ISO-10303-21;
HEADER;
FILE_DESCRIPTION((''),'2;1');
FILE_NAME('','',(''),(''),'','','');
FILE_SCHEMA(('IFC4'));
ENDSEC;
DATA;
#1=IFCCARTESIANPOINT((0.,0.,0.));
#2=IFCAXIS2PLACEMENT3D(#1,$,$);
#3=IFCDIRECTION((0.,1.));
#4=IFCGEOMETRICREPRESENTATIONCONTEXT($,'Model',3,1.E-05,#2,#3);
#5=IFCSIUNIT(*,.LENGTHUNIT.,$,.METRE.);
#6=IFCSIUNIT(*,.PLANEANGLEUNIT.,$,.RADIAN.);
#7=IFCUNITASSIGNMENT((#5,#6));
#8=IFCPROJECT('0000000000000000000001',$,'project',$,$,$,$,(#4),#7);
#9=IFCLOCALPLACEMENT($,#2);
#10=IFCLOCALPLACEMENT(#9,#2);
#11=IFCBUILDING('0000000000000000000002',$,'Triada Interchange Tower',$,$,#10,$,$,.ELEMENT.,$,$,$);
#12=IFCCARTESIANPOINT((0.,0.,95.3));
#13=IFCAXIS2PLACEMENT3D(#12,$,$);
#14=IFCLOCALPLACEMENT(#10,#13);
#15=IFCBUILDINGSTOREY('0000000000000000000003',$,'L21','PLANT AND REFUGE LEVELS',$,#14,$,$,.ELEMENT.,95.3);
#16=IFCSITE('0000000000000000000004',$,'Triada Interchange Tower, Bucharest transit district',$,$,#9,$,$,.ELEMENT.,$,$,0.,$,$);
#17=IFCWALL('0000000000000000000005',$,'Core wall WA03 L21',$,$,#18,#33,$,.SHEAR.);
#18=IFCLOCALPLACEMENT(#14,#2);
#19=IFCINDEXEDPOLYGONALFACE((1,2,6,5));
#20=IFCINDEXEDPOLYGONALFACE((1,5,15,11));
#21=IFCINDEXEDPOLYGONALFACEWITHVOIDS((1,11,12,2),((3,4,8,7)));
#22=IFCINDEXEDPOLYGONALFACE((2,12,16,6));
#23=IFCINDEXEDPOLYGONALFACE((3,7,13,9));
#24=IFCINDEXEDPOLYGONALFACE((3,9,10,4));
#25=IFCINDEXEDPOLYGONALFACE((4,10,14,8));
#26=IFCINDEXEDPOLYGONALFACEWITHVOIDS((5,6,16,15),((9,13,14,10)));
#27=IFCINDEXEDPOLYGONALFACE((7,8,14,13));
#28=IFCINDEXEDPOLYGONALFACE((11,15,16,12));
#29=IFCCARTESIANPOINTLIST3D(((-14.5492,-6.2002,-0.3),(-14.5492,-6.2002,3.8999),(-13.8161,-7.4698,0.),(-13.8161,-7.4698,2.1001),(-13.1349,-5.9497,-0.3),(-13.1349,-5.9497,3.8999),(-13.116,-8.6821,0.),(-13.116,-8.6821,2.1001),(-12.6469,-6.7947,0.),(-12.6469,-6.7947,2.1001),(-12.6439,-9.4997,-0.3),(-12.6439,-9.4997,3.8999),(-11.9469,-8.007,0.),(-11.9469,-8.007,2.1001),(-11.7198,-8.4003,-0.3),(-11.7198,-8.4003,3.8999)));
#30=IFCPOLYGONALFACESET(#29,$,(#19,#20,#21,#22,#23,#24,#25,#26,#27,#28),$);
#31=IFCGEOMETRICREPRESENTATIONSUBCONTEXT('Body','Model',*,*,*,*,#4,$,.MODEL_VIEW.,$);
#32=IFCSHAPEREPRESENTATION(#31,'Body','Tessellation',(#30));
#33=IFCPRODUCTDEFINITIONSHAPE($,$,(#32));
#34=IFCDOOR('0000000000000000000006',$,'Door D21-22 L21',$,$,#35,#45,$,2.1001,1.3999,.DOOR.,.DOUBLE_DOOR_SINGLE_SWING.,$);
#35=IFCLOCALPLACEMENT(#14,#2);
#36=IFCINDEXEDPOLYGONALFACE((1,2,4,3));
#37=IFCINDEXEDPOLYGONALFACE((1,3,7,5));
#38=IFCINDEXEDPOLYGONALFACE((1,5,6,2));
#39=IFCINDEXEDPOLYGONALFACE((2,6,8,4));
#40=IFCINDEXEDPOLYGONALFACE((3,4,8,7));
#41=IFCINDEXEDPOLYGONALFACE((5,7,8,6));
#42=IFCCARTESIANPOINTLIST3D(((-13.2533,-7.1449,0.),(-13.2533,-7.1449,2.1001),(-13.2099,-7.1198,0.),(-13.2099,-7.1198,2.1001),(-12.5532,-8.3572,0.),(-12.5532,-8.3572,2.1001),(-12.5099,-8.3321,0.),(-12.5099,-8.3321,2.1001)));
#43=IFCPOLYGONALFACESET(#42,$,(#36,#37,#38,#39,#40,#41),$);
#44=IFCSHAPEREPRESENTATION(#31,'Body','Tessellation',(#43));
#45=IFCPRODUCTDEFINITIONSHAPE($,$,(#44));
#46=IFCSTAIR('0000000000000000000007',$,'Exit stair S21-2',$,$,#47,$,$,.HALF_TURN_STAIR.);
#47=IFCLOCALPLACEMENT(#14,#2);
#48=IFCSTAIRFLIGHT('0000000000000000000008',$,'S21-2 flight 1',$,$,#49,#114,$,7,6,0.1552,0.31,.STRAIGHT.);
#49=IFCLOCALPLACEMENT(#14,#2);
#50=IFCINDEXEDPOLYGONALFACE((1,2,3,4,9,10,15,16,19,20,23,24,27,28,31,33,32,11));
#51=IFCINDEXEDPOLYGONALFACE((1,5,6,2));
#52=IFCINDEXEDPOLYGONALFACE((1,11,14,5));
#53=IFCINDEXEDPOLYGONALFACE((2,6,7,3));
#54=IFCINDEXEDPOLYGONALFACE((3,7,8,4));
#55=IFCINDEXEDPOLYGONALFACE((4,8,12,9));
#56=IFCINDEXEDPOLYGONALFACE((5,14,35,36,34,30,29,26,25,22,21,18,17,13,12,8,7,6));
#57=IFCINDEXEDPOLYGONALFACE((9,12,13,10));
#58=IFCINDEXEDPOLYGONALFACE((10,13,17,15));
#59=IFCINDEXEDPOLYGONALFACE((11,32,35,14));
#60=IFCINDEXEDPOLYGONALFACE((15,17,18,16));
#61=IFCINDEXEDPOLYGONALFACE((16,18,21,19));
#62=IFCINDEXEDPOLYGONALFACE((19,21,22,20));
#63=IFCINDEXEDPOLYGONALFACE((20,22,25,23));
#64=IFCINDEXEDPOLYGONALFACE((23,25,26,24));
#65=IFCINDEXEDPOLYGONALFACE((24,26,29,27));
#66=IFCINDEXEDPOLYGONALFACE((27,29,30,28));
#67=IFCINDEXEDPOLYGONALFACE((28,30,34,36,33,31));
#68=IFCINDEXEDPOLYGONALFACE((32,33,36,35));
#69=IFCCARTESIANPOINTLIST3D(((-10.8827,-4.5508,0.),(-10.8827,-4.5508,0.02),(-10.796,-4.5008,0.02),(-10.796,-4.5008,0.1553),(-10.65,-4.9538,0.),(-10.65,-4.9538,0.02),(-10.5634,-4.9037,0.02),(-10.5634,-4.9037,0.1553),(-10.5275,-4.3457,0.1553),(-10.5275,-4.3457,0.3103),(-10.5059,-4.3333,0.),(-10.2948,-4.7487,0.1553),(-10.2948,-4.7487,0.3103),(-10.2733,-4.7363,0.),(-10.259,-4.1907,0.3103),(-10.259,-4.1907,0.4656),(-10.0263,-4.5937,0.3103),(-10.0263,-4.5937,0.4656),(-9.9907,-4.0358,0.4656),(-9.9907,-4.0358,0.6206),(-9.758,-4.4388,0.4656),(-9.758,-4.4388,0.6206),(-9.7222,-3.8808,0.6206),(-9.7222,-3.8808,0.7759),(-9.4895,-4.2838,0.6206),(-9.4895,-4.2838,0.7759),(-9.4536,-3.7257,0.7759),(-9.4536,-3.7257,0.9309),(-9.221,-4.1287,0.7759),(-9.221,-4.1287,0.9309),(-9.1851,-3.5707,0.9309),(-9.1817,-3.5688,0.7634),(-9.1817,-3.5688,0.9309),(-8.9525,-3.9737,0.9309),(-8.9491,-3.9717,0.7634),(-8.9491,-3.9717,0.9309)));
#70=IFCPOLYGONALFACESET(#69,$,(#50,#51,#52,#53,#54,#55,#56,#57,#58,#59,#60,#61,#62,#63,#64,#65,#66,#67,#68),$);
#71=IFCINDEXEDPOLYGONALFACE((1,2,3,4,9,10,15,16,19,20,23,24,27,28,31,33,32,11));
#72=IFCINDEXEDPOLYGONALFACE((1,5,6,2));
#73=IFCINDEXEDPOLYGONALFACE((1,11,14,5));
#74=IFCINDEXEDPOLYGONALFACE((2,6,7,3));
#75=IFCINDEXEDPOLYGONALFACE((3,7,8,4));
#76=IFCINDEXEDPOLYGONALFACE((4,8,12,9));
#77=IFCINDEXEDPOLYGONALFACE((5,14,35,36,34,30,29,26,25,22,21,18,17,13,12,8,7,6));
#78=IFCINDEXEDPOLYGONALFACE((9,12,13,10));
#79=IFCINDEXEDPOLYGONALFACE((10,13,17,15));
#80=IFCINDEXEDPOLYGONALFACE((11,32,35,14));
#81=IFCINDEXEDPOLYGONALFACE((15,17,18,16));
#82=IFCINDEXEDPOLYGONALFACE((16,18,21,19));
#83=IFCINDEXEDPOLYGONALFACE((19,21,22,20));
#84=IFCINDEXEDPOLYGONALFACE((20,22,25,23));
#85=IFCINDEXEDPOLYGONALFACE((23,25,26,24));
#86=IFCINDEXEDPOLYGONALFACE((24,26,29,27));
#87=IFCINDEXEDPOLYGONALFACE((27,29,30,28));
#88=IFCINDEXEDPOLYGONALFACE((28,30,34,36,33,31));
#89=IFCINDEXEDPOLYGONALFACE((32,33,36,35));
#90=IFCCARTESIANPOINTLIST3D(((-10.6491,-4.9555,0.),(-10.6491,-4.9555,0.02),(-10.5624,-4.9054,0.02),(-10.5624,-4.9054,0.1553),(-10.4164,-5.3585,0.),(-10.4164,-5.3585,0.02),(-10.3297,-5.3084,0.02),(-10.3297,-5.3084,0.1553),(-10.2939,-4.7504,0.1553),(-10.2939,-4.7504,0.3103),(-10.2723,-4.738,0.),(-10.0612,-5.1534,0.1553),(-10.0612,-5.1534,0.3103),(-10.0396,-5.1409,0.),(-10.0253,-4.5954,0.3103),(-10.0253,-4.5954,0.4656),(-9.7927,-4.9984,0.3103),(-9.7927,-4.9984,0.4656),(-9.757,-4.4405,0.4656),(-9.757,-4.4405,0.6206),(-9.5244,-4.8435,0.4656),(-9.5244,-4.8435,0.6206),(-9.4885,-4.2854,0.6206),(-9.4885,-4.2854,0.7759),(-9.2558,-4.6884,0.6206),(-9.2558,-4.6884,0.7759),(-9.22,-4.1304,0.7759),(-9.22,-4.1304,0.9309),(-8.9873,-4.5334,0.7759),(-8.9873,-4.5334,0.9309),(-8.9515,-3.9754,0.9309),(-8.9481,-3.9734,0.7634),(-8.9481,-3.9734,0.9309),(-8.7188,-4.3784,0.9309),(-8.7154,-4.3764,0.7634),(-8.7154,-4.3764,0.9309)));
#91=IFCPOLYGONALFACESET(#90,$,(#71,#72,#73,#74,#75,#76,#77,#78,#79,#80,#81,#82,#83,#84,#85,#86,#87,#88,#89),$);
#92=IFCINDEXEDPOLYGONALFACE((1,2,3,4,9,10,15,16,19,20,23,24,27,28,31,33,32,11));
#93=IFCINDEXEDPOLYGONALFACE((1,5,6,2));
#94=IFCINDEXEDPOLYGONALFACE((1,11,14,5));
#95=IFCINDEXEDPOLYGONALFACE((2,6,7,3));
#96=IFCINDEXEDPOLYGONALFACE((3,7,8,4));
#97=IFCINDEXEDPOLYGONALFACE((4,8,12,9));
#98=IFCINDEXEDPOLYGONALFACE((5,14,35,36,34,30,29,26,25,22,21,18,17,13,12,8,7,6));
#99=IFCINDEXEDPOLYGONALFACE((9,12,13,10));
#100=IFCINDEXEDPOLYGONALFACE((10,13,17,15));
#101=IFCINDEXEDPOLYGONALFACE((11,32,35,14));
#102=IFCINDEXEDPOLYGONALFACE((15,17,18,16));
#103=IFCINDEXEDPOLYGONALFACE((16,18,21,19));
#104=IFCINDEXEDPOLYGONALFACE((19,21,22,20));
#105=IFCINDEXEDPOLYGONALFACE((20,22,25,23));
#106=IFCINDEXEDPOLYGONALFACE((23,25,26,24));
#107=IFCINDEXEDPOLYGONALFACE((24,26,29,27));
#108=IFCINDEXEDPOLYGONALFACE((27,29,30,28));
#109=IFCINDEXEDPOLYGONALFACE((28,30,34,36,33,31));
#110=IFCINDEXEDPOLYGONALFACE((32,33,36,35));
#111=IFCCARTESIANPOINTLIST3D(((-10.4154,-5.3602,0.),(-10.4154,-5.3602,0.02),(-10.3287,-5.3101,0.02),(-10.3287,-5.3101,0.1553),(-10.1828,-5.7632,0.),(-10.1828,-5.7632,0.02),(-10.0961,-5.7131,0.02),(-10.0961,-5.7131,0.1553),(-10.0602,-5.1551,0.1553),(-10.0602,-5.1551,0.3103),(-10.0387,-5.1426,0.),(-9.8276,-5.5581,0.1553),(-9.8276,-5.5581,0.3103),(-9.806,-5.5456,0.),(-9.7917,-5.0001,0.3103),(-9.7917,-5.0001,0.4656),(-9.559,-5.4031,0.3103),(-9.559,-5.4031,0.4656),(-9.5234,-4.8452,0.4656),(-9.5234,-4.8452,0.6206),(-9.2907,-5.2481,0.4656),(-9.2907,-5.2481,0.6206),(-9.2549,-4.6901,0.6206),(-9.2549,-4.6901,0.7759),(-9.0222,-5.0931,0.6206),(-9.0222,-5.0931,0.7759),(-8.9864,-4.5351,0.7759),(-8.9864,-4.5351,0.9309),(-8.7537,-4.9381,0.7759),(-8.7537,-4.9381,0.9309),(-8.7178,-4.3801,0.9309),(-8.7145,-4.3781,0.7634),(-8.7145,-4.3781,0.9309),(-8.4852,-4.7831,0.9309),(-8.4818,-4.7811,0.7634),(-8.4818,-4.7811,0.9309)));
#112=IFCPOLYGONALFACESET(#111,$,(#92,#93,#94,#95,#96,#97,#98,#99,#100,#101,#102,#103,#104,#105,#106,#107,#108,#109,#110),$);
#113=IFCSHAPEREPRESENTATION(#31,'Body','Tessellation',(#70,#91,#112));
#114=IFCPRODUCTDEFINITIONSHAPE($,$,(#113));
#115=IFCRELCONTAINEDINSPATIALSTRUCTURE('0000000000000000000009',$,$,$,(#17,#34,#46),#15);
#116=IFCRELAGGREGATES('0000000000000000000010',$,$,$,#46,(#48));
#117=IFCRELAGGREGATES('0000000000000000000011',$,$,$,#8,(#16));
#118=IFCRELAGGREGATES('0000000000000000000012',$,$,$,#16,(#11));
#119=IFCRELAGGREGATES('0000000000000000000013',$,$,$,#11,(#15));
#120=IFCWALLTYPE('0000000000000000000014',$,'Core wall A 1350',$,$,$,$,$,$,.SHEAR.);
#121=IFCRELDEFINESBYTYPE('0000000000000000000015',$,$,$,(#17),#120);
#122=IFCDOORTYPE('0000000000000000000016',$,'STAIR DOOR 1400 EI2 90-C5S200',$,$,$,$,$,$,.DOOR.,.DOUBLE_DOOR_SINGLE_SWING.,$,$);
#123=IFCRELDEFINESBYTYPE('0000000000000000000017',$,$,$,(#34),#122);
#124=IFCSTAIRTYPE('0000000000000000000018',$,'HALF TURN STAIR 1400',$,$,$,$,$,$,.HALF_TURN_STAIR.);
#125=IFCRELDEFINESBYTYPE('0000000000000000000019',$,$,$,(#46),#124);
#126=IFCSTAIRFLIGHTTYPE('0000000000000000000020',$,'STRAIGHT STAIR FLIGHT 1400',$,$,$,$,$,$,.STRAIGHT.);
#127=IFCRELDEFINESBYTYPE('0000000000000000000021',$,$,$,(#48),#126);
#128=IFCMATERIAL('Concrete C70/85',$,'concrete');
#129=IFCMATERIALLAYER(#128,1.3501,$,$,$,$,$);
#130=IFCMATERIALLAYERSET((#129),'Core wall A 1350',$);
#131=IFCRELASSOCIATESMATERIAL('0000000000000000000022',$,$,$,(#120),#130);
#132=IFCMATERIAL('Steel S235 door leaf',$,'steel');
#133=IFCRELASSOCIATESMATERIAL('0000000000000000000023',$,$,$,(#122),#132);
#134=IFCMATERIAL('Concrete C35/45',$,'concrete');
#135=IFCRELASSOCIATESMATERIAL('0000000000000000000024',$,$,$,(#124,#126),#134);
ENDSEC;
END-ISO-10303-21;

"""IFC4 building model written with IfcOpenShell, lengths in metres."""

from ifc_helpers import new_model, si_unit, direction, frame, frame_2d, origin, place, context, subcontext, project, spatial, polyline, rectangle, outline, extrude, material, layer, layer_set, type_object, element, fill, aggregate, save


model = new_model("IFC4")

# Units and contexts
model_context = context("Model", 3, precision=1e-05, world=origin(), true_north=direction((0.0, 1.0)))
body_context = subcontext(model_context, "Body", "Model", "MODEL_VIEW")
ifc_project = project(units=[si_unit("LENGTHUNIT", "METRE"), si_unit("PLANEANGLEUNIT", "RADIAN")], contexts=[model_context])

# Site, building, storey
site_placement = place(None, origin())
site = spatial("IfcSite", under=ifc_project, at=site_placement, Name="Triada Interchange Tower, Bucharest transit district", CompositionType="ELEMENT", RefElevation=0.0)
building_placement = place(site_placement, origin())
building = spatial("IfcBuilding", under=site, at=building_placement, Name="Triada Interchange Tower", CompositionType="ELEMENT")
storey_placement = place(building_placement, frame((0.0, 0.0, 95.3)))
storey = spatial("IfcBuildingStorey", under=building, at=storey_placement, Name="L21", Description="PLANT AND REFUGE LEVELS", CompositionType="ELEMENT", Elevation=95.3)

# Shared definitions
ifc_material_1 = material(Name="Concrete C35/45", Category="concrete")

# Shared definitions
ifc_material_2 = material(Name="Steel S235 door leaf", Category="steel")

# Shared definitions
ifc_material_3 = material(Name="Concrete C70/85", Category="concrete")

# Wall, opening, door
ifc_layer_1 = layer(ifc_material_3, 1.3501)
ifc_layer_set_1 = layer_set([ifc_layer_1], Name="Core wall A 1350")
wall_type_1 = type_object("IfcWallType", Name="Core wall A 1350", PredefinedType="SHEAR", material=ifc_layer_set_1)
wall_1_placement = place(storey_placement, frame((-13.842, -6.075, -0.3), z_axis=(0.0, 0.0, 1.0), x_axis=(0.500062, -0.86599, 0.0)))
wall_1 = element("IfcWall", 1, at=wall_1_placement, inside=storey, type_object=wall_type_1, Name="Core wall WA03 L21", PredefinedType="SHEAR", context=body_context, shape_type="SweptSolid", body=[
    extrude(outline(polyline([(-0.2451, -0.675), (1.6599, -0.675), (3.5649, -0.675), (3.075, 0.675), (1.6602, 0.675), (0.2451, 0.675), (-0.2451, -0.675)])), origin(), (0.0, 0.0, 1.0), 4.2),
])
opening_1_placement = place(wall_1_placement, frame((1.2209, 0.0, 0.3)))
opening_1 = element("IfcOpeningElement", 2, at=opening_1_placement, cuts=wall_1, PredefinedType="OPENING", context=body_context, shape_type="SweptSolid", body=[
    extrude(rectangle(XDim=1.3999, YDim=2.1001, at=frame_2d((0.7, 1.05))), frame((0.0, 0.6851, 0.0), z_axis=(0.0, -1.0, 0.0), x_axis=(1.0, 0.0, 0.0)), (0.0, 0.0, 1.0), 1.3701),
])
door_type_1 = type_object("IfcDoorType", Name="STAIR DOOR 1400 EI2 90-C5S200", OperationType="DOUBLE_DOOR_SINGLE_SWING", PredefinedType="DOOR", material=ifc_material_2)
door_1_placement = place(opening_1_placement, origin())
door_1 = element("IfcDoor", 3, at=door_1_placement, inside=storey, type_object=door_type_1, Name="Door D21-22 L21", OperationType="DOUBLE_DOOR_SINGLE_SWING", OverallHeight=2.1001, OverallWidth=1.3999, PredefinedType="DOOR", context=body_context, shape_type="SweptSolid", body=[
    extrude(rectangle(XDim=1.3999, YDim=2.1001, at=frame_2d((0.7, 1.05))), frame((0.0, 0.0249, 0.0), z_axis=(0.0, -1.0, 0.0), x_axis=(1.0, 0.0, 0.0)), (0.0, 0.0, 1.0), 0.05),
])
fill(opening_1, door_1)

# Stair, stair flight
stair_type = type_object("IfcStairType", Name="HALF TURN STAIR 1400", PredefinedType="HALF_TURN_STAIR", material=ifc_material_1)
stair_placement = place(storey_placement, origin())
stair = element("IfcStair", 4, at=stair_placement, inside=storey, type_object=stair_type, Name="Exit stair S21-2", PredefinedType="HALF_TURN_STAIR")
stair_flight_type = type_object("IfcStairFlightType", Name="STRAIGHT STAIR FLIGHT 1400", PredefinedType="STRAIGHT", material=ifc_material_1)
stair_flight_1_placement = place(storey_placement, frame((-10.446, -5.1069, 0.0), z_axis=(0.0, 0.0, 1.0), x_axis=(0.866025, 0.5, 0.0)))
stair_flight_1 = element("IfcStairFlight", 5, at=stair_flight_1_placement, type_object=stair_flight_type, Name="S21-2 flight 1", NumberOfRisers=7, NumberOfTreads=6, PredefinedType="STRAIGHT", RiserHeight=0.1552, TreadLength=0.31, context=body_context, shape_type="SweptSolid", body=[
    extrude(outline(polyline([(-0.1001, 0.0), (-0.1001, 0.02), (0.0, 0.02), (0.0, 0.1553), (0.3101, 0.1553), (0.3101, 0.3103), (0.6201, 0.3103), (0.6201, 0.4656), (0.9299, 0.4656), (0.9299, 0.6206), (1.24, 0.6206), (1.24, 0.7759), (1.55, 0.7759), (1.55, 0.9309), (1.8601, 0.9309), (1.864, 0.9309), (1.864, 1.0862), (1.864, 0.7634), (0.335, 0.0), (-0.1001, 0.0)])), frame((0.0, 0.7, 0.0), z_axis=(0.0, -1.0, 0.0), x_axis=(1.0, 0.0, 0.0)), (0.0, 0.0, 1.0), 0.4653),
    extrude(outline(polyline([(-0.1001, 0.0), (-0.1001, 0.02), (0.0, 0.02), (0.0, 0.1553), (0.3101, 0.1553), (0.3101, 0.3103), (0.6201, 0.3103), (0.6201, 0.4656), (0.9299, 0.4656), (0.9299, 0.6206), (1.24, 0.6206), (1.24, 0.7759), (1.55, 0.7759), (1.55, 0.9309), (1.8601, 0.9309), (1.864, 0.9309), (1.864, 1.0862), (1.864, 0.7634), (0.335, 0.0), (-0.1001, 0.0)])), frame((0.0, 0.2327, 0.0), z_axis=(0.0, -1.0, 0.0), x_axis=(1.0, 0.0, 0.0)), (0.0, 0.0, 1.0), 0.4653),
    extrude(outline(polyline([(-0.1001, 0.0), (-0.1001, 0.02), (0.0, 0.02), (0.0, 0.1553), (0.3101, 0.1553), (0.3101, 0.3103), (0.6201, 0.3103), (0.6201, 0.4656), (0.9299, 0.4656), (0.9299, 0.6206), (1.24, 0.6206), (1.24, 0.7759), (1.55, 0.7759), (1.55, 0.9309), (1.8601, 0.9309), (1.864, 0.9309), (1.864, 1.0862), (1.864, 0.7634), (0.335, 0.0), (-0.1001, 0.0)])), frame((0.0, -0.2346, 0.0), z_axis=(0.0, -1.0, 0.0), x_axis=(1.0, 0.0, 0.0)), (0.0, 0.0, 1.0), 0.4653),
])
aggregate(stair, [stair_flight_1])

save(model, "model.ifc")
